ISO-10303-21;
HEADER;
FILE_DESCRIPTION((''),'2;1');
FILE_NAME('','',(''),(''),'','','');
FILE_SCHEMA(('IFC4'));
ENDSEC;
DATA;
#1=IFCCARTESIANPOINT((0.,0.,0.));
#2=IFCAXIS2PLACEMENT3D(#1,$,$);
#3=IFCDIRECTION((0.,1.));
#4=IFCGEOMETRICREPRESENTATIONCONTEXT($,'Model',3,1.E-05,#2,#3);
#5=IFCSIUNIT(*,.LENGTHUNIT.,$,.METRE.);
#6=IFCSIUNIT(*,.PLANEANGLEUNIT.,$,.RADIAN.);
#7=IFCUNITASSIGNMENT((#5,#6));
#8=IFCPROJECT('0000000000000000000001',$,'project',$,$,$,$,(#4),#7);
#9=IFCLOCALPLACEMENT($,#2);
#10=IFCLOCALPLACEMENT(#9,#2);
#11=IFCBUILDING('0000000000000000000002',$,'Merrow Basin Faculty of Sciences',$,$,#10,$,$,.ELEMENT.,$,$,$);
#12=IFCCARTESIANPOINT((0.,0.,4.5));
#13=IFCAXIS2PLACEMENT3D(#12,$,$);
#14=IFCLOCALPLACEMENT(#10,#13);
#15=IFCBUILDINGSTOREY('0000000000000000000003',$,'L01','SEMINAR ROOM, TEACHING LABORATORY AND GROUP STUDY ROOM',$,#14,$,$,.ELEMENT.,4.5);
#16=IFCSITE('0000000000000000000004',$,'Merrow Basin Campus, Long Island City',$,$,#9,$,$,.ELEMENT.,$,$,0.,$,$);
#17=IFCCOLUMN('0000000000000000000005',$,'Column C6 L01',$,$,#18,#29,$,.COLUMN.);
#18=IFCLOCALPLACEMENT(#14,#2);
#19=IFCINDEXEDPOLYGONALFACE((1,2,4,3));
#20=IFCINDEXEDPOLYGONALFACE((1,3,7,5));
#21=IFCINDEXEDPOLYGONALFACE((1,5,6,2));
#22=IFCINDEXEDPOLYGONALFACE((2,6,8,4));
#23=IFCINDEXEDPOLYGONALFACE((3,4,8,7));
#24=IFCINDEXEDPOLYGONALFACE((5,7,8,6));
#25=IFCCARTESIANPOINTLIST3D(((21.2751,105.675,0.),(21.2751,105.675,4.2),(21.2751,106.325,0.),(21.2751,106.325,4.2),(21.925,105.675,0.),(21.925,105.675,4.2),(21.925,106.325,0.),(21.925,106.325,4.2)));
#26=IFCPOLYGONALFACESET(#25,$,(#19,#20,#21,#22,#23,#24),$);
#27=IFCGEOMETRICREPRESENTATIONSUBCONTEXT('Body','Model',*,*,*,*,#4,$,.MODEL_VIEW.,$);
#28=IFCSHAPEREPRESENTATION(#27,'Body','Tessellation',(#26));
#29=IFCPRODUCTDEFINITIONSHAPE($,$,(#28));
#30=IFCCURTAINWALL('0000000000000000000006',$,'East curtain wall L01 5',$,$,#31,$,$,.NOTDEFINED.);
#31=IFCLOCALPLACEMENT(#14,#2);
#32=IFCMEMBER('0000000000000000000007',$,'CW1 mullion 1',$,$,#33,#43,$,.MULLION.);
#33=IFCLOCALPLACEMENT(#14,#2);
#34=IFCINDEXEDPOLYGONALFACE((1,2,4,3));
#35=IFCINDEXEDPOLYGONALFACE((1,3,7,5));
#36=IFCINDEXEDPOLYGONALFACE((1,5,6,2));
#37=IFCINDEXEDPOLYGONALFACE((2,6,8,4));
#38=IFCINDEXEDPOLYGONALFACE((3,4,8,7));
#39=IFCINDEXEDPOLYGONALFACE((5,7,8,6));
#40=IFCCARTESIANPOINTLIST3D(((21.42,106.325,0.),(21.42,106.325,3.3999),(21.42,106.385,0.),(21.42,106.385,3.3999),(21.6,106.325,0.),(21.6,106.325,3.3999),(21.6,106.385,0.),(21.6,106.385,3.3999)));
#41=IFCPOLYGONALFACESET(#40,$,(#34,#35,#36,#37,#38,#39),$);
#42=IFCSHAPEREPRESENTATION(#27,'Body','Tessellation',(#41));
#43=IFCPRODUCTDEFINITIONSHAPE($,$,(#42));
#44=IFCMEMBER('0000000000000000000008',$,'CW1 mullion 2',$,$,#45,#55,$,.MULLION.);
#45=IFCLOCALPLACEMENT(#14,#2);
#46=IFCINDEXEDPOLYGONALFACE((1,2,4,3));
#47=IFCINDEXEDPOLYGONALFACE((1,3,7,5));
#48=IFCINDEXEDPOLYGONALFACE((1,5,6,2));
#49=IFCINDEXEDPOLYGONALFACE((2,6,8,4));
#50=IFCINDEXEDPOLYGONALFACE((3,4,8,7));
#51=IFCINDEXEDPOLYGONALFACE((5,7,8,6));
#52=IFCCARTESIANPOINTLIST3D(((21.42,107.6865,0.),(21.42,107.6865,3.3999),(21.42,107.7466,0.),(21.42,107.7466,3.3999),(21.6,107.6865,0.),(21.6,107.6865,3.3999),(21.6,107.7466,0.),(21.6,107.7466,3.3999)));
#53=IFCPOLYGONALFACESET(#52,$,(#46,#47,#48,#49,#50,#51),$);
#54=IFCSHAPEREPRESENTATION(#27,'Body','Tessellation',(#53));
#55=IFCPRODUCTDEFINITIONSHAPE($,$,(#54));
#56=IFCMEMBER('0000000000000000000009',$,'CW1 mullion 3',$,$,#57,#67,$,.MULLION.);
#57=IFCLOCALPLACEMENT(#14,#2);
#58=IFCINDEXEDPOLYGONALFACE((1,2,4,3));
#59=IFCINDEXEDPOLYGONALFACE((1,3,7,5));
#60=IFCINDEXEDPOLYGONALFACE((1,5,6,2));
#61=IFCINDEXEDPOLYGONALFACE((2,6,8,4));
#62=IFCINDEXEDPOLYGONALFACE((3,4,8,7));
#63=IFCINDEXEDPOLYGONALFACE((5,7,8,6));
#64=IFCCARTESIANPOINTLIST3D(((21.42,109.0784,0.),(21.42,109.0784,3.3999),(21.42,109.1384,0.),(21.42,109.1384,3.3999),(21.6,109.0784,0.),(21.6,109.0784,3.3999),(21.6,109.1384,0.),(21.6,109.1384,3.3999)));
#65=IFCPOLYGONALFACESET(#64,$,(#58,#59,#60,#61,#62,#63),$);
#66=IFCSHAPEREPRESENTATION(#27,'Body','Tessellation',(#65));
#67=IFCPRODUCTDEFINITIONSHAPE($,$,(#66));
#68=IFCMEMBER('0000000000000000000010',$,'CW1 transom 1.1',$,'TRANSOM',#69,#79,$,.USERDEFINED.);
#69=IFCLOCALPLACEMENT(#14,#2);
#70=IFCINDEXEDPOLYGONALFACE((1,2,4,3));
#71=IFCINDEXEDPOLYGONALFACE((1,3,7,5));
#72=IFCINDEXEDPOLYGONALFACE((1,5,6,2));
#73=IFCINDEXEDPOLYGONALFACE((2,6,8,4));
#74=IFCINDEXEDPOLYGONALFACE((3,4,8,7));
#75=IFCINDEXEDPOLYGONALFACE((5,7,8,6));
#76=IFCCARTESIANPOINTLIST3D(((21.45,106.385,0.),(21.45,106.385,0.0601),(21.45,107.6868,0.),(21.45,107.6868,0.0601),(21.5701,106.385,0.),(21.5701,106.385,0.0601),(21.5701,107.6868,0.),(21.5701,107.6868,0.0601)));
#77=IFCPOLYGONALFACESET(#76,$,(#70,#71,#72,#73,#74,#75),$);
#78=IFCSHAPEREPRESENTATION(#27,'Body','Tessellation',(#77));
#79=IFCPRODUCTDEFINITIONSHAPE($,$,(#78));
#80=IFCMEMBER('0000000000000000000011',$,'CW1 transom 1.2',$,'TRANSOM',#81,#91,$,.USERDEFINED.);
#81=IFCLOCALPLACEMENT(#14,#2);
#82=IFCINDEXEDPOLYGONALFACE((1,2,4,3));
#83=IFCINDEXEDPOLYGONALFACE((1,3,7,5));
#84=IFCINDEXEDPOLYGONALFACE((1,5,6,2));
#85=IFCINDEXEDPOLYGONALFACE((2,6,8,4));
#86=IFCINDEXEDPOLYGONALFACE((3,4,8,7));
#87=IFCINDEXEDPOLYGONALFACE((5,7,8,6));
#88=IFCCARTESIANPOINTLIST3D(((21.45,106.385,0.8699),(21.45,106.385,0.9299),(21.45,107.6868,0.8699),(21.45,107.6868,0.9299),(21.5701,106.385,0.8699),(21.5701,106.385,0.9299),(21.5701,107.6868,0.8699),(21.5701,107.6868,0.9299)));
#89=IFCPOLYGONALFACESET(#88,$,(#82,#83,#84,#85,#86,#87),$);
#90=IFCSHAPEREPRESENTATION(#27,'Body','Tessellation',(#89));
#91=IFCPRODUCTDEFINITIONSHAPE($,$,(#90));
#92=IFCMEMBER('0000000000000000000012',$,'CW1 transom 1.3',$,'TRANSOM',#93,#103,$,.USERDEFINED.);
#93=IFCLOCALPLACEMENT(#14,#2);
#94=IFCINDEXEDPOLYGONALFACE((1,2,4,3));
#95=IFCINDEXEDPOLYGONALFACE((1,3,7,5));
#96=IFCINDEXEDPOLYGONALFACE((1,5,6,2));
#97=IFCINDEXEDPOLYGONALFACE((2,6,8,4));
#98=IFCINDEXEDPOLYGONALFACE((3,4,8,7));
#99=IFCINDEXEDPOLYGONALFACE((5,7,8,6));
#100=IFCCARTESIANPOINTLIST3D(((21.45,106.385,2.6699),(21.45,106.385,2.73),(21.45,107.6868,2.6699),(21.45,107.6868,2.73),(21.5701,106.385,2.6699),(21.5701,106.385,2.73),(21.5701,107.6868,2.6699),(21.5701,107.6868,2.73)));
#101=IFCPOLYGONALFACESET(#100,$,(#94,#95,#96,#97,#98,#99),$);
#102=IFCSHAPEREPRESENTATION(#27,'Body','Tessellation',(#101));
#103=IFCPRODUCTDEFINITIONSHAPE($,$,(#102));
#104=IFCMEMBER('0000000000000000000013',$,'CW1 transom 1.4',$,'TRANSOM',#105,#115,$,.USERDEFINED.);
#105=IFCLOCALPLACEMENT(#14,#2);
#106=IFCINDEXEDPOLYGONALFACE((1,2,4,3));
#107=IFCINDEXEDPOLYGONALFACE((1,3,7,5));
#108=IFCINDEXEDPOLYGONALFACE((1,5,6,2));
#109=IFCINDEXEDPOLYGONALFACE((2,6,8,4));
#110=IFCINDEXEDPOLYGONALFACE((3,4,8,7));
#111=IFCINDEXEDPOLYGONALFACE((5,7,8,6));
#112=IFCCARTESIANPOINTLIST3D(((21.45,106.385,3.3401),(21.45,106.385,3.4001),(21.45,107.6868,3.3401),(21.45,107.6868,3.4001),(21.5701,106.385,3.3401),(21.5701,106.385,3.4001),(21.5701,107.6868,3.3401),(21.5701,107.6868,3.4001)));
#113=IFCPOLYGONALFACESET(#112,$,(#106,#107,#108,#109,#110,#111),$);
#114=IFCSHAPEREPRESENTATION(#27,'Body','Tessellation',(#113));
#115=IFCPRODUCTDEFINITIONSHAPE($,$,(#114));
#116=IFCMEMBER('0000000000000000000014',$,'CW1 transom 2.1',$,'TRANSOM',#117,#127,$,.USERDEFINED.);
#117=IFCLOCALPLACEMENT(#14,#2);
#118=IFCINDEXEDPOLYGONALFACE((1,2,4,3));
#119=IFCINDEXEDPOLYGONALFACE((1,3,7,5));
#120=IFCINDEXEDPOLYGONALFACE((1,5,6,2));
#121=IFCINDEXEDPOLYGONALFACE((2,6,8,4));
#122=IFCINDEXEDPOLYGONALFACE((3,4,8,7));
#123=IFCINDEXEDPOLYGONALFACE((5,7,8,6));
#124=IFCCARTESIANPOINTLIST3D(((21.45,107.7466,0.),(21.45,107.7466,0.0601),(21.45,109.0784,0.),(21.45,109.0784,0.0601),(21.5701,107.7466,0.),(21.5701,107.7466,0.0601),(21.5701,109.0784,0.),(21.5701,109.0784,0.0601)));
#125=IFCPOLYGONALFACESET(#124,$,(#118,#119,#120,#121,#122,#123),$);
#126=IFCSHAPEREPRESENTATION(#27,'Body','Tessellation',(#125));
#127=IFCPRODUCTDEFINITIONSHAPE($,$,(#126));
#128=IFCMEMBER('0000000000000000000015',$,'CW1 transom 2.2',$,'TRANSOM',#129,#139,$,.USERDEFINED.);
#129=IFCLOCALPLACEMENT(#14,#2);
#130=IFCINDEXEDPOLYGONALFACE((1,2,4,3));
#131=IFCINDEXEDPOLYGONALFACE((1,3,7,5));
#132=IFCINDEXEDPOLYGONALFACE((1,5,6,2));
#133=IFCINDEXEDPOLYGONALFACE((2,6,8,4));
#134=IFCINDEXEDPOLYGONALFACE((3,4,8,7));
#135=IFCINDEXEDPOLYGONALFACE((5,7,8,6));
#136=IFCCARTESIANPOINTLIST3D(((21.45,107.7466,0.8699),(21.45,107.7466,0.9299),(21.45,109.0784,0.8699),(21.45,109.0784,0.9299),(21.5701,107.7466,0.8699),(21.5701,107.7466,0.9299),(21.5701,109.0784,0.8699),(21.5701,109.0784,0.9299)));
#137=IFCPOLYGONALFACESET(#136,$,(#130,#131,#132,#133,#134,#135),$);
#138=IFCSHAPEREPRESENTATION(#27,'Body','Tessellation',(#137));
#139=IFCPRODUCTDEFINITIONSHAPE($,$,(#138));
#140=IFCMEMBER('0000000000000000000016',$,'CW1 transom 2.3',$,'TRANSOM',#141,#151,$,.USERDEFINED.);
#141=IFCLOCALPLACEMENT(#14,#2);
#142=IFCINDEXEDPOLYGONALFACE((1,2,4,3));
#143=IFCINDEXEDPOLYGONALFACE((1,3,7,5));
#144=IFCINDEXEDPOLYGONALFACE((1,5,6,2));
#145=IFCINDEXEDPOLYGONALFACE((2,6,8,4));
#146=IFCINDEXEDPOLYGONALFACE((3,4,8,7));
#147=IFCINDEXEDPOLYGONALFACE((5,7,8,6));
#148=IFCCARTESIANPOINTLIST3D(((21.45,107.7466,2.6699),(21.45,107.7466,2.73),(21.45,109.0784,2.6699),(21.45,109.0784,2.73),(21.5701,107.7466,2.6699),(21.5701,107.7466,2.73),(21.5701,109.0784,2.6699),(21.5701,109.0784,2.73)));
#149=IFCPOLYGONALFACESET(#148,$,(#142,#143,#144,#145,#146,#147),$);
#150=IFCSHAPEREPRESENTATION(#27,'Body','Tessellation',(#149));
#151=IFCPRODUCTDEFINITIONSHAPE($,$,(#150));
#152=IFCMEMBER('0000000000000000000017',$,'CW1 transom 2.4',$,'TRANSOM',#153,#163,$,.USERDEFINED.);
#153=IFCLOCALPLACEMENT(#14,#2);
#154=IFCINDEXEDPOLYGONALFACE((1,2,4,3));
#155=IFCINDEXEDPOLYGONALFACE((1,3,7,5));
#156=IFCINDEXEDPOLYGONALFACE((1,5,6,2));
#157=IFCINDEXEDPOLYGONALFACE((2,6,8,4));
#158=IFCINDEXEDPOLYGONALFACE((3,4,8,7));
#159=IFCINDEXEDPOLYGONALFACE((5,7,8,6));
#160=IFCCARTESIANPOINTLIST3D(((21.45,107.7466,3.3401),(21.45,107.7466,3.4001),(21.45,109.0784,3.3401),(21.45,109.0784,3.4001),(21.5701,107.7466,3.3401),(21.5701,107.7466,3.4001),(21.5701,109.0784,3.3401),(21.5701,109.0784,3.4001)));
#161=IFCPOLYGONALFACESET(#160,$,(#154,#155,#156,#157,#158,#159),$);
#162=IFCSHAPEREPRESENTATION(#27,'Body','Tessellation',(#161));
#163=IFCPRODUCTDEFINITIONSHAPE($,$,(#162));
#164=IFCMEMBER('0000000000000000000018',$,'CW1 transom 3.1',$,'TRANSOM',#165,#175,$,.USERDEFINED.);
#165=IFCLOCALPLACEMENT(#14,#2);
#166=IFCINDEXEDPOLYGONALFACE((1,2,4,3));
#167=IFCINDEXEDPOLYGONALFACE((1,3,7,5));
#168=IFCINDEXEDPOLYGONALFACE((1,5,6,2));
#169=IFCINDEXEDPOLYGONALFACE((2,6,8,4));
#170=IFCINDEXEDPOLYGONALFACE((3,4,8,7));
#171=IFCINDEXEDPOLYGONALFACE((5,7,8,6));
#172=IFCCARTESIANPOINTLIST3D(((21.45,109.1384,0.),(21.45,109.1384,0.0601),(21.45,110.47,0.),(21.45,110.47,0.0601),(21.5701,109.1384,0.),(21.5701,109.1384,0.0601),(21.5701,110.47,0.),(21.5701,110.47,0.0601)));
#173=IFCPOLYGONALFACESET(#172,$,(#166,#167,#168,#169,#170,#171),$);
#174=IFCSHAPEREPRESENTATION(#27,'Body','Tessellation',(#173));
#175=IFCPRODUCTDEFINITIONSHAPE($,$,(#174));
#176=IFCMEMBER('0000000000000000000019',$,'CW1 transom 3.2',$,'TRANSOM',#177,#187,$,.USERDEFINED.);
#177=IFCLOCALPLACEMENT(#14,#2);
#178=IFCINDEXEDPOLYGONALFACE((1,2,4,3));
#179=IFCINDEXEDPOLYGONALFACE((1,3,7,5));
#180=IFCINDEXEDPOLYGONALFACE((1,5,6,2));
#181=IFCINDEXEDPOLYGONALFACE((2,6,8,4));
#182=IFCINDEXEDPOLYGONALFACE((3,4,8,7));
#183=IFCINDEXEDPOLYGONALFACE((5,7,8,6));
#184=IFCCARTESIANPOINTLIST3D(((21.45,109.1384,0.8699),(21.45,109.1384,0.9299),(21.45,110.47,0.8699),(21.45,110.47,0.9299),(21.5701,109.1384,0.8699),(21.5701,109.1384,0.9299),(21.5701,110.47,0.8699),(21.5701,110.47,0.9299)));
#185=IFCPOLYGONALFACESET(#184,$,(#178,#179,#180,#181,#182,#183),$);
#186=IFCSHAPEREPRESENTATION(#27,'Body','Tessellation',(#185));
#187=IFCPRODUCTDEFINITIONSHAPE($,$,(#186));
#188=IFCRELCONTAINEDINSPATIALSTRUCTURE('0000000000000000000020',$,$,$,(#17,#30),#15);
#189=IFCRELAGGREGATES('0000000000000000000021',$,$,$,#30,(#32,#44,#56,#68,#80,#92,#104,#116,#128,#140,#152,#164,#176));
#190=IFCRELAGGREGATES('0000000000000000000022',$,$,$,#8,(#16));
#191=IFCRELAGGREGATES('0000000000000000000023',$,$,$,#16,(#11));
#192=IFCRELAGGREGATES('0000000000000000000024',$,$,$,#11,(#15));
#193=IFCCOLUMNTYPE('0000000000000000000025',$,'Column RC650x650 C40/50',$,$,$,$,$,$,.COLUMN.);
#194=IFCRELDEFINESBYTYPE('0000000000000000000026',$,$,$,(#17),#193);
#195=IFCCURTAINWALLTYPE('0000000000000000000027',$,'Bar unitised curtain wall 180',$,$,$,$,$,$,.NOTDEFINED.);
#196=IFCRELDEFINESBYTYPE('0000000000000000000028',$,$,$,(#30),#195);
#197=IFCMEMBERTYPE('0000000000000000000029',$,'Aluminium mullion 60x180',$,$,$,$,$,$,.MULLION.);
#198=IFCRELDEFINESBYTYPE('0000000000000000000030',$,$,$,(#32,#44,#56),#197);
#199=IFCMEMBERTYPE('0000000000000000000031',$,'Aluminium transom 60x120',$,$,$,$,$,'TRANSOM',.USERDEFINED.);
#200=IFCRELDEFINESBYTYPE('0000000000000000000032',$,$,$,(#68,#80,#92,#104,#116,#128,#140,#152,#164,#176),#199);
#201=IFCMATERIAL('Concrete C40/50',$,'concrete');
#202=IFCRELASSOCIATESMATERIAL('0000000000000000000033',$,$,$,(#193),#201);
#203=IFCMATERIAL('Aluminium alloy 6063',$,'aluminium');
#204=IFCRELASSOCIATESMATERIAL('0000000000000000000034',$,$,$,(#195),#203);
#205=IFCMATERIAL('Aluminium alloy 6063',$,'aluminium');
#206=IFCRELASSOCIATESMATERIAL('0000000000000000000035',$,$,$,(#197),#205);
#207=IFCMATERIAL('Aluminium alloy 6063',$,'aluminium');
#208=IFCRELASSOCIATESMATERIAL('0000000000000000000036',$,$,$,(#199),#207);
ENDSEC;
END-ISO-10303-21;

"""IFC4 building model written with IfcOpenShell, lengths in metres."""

from ifc_helpers import new_model, si_unit, direction, frame, origin, origin_2d, place, context, subcontext, project, spatial, rectangle, extrude, material, material_profile, profile_set, type_object, element, aggregate, save


model = new_model("IFC4")

# Units and contexts
model_context = context("Model", 3, precision=1e-05, world=origin(), true_north=direction((0.0, 1.0)))
body_context = subcontext(model_context, "Body", "Model", "MODEL_VIEW")
ifc_project = project(units=[si_unit("LENGTHUNIT", "METRE"), si_unit("PLANEANGLEUNIT", "RADIAN")], contexts=[model_context])

# Site, building, storey
site_placement = place(None, origin())
site = spatial("IfcSite", under=ifc_project, at=site_placement, Name="Merrow Basin Campus, Long Island City", CompositionType="ELEMENT", RefElevation=0.0)
building_placement = place(site_placement, origin())
building = spatial("IfcBuilding", under=site, at=building_placement, Name="Merrow Basin Faculty of Sciences", CompositionType="ELEMENT")
storey_placement = place(building_placement, frame((0.0, 0.0, 4.5)))
storey = spatial("IfcBuildingStorey", under=building, at=storey_placement, Name="L01", Description="SEMINAR ROOM, TEACHING LABORATORY AND GROUP STUDY ROOM", CompositionType="ELEMENT", Elevation=4.5)

# Column
ifc_material_1 = material(Name="Concrete C40/50", Category="concrete")
ifc_material_profile_1 = material_profile(ifc_material_1, rectangle(XDim=0.6499, YDim=0.6499, at=origin_2d()))
ifc_profile_set_1 = profile_set([ifc_material_profile_1], Name="Concrete C40/50")
column_type = type_object("IfcColumnType", Name="Column RC650x650 C40/50", PredefinedType="COLUMN", material=ifc_profile_set_1)
column_placement = place(storey_placement, frame((21.6001, 106.0, 0.0), z_axis=(0.0, 0.0, 1.0), x_axis=(1.0, 0.0, 0.0)))
element("IfcColumn", 1, at=column_placement, inside=storey, type_object=column_type, Name="Column C6 L01", PredefinedType="COLUMN", context=body_context, shape_type="SweptSolid", body=[
    extrude(rectangle(XDim=0.6499, YDim=0.6499, at=origin_2d()), origin(), (0.0, 0.0, 1.0), 4.2),
])

# Curtain wall, members
ifc_material_2 = material(Name="Aluminium alloy 6063", Category="aluminium")
curtain_wall_type = type_object("IfcCurtainWallType", Name="Bar unitised curtain wall 180", PredefinedType="NOTDEFINED", material=ifc_material_2)
curtain_wall_placement = place(storey_placement, origin())
curtain_wall = element("IfcCurtainWall", 2, at=curtain_wall_placement, inside=storey, type_object=curtain_wall_type, Name="East curtain wall L01 5", PredefinedType="NOTDEFINED")
ifc_material_3 = material(Name="Aluminium alloy 6063", Category="aluminium")
ifc_material_profile_2 = material_profile(ifc_material_3, rectangle(XDim=0.1799, YDim=0.0601, at=origin_2d()))
ifc_profile_set_2 = profile_set([ifc_material_profile_2], Name="Aluminium alloy 6063")
member_type_1 = type_object("IfcMemberType", Name="Aluminium mullion 60x180", PredefinedType="MULLION", material=ifc_profile_set_2)
member_1_placement = place(storey_placement, frame((21.51, 106.355, 0.0), z_axis=(0.0, 0.0, 1.0), x_axis=(-1.0, 0.0, 0.0)))
member_1 = element("IfcMember", 3, at=member_1_placement, type_object=member_type_1, Name="CW1 mullion 1", PredefinedType="MULLION", context=body_context, shape_type="SweptSolid", body=[
    extrude(rectangle(XDim=0.1799, YDim=0.0601, at=origin_2d()), origin(), (0.0, 0.0, 1.0), 3.3999),
])
member_2_placement = place(storey_placement, frame((21.51, 107.7166, 0.0), z_axis=(0.0, 0.0, 1.0), x_axis=(-1.0, 0.0, 0.0)))
member_2 = element("IfcMember", 4, at=member_2_placement, type_object=member_type_1, Name="CW1 mullion 2", PredefinedType="MULLION", context=body_context, shape_type="SweptSolid", body=[
    extrude(rectangle(XDim=0.1799, YDim=0.0601, at=origin_2d()), origin(), (0.0, 0.0, 1.0), 3.3999),
])
member_3_placement = place(storey_placement, frame((21.51, 109.1084, 0.0), z_axis=(0.0, 0.0, 1.0), x_axis=(-1.0, 0.0, 0.0)))
member_3 = element("IfcMember", 5, at=member_3_placement, type_object=member_type_1, Name="CW1 mullion 3", PredefinedType="MULLION", context=body_context, shape_type="SweptSolid", body=[
    extrude(rectangle(XDim=0.1799, YDim=0.0601, at=origin_2d()), origin(), (0.0, 0.0, 1.0), 3.3999),
])
ifc_material_4 = material(Name="Aluminium alloy 6063", Category="aluminium")
ifc_material_profile_3 = material_profile(ifc_material_4, rectangle(XDim=0.1201, YDim=0.0601, at=origin_2d()))
ifc_profile_set_3 = profile_set([ifc_material_profile_3], Name="Aluminium alloy 6063")
member_type_2 = type_object("IfcMemberType", Name="Aluminium transom 60x120", ElementType="TRANSOM", PredefinedType="USERDEFINED", material=ifc_profile_set_3)
member_4_placement = place(storey_placement, frame((21.51, 106.385, 0.03), z_axis=(0.0, 1.0, 0.0), x_axis=(-1.0, 0.0, 0.0)))
member_4 = element("IfcMember", 6, at=member_4_placement, type_object=member_type_2, Name="CW1 transom 1.1", ObjectType="TRANSOM", PredefinedType="USERDEFINED", context=body_context, shape_type="SweptSolid", body=[
    extrude(rectangle(XDim=0.1201, YDim=0.0601, at=origin_2d()), origin(), (0.0, 0.0, 1.0), 1.3018),
])
member_5_placement = place(storey_placement, frame((21.51, 106.385, 0.8999), z_axis=(0.0, 1.0, 0.0), x_axis=(-1.0, 0.0, 0.0)))
member_5 = element("IfcMember", 7, at=member_5_placement, type_object=member_type_2, Name="CW1 transom 1.2", ObjectType="TRANSOM", PredefinedType="USERDEFINED", context=body_context, shape_type="SweptSolid", body=[
    extrude(rectangle(XDim=0.1201, YDim=0.0601, at=origin_2d()), origin(), (0.0, 0.0, 1.0), 1.3018),
])
member_6_placement = place(storey_placement, frame((21.51, 106.385, 2.7), z_axis=(0.0, 1.0, 0.0), x_axis=(-1.0, 0.0, 0.0)))
member_6 = element("IfcMember", 8, at=member_6_placement, type_object=member_type_2, Name="CW1 transom 1.3", ObjectType="TRANSOM", PredefinedType="USERDEFINED", context=body_context, shape_type="SweptSolid", body=[
    extrude(rectangle(XDim=0.1201, YDim=0.0601, at=origin_2d()), origin(), (0.0, 0.0, 1.0), 1.3018),
])
member_7_placement = place(storey_placement, frame((21.51, 106.385, 3.3701), z_axis=(0.0, 1.0, 0.0), x_axis=(-1.0, 0.0, 0.0)))
member_7 = element("IfcMember", 9, at=member_7_placement, type_object=member_type_2, Name="CW1 transom 1.4", ObjectType="TRANSOM", PredefinedType="USERDEFINED", context=body_context, shape_type="SweptSolid", body=[
    extrude(rectangle(XDim=0.1201, YDim=0.0601, at=origin_2d()), origin(), (0.0, 0.0, 1.0), 1.3018),
])
member_8_placement = place(storey_placement, frame((21.51, 107.7466, 0.03), z_axis=(0.0, 1.0, 0.0), x_axis=(-1.0, 0.0, 0.0)))
member_8 = element("IfcMember", 10, at=member_8_placement, type_object=member_type_2, Name="CW1 transom 2.1", ObjectType="TRANSOM", PredefinedType="USERDEFINED", context=body_context, shape_type="SweptSolid", body=[
    extrude(rectangle(XDim=0.1201, YDim=0.0601, at=origin_2d()), origin(), (0.0, 0.0, 1.0), 1.3318),
])
member_9_placement = place(storey_placement, frame((21.51, 107.7466, 0.8999), z_axis=(0.0, 1.0, 0.0), x_axis=(-1.0, 0.0, 0.0)))
member_9 = element("IfcMember", 11, at=member_9_placement, type_object=member_type_2, Name="CW1 transom 2.2", ObjectType="TRANSOM", PredefinedType="USERDEFINED", context=body_context, shape_type="SweptSolid", body=[
    extrude(rectangle(XDim=0.1201, YDim=0.0601, at=origin_2d()), origin(), (0.0, 0.0, 1.0), 1.3318),
])
member_10_placement = place(storey_placement, frame((21.51, 107.7466, 2.7), z_axis=(0.0, 1.0, 0.0), x_axis=(-1.0, 0.0, 0.0)))
member_10 = element("IfcMember", 12, at=member_10_placement, type_object=member_type_2, Name="CW1 transom 2.3", ObjectType="TRANSOM", PredefinedType="USERDEFINED", context=body_context, shape_type="SweptSolid", body=[
    extrude(rectangle(XDim=0.1201, YDim=0.0601, at=origin_2d()), origin(), (0.0, 0.0, 1.0), 1.3318),
])
member_11_placement = place(storey_placement, frame((21.51, 107.7466, 3.3701), z_axis=(0.0, 1.0, 0.0), x_axis=(-1.0, 0.0, 0.0)))
member_11 = element("IfcMember", 13, at=member_11_placement, type_object=member_type_2, Name="CW1 transom 2.4", ObjectType="TRANSOM", PredefinedType="USERDEFINED", context=body_context, shape_type="SweptSolid", body=[
    extrude(rectangle(XDim=0.1201, YDim=0.0601, at=origin_2d()), origin(), (0.0, 0.0, 1.0), 1.3318),
])
member_12_placement = place(storey_placement, frame((21.51, 109.1384, 0.03), z_axis=(0.0, 1.0, 0.0), x_axis=(-1.0, 0.0, 0.0)))
member_12 = element("IfcMember", 14, at=member_12_placement, type_object=member_type_2, Name="CW1 transom 3.1", ObjectType="TRANSOM", PredefinedType="USERDEFINED", context=body_context, shape_type="SweptSolid", body=[
    extrude(rectangle(XDim=0.1201, YDim=0.0601, at=origin_2d()), origin(), (0.0, 0.0, 1.0), 1.3315),
])
member_13_placement = place(storey_placement, frame((21.51, 109.1384, 0.8999), z_axis=(0.0, 1.0, 0.0), x_axis=(-1.0, 0.0, 0.0)))
member_13 = element("IfcMember", 15, at=member_13_placement, type_object=member_type_2, Name="CW1 transom 3.2", ObjectType="TRANSOM", PredefinedType="USERDEFINED", context=body_context, shape_type="SweptSolid", body=[
    extrude(rectangle(XDim=0.1201, YDim=0.0601, at=origin_2d()), origin(), (0.0, 0.0, 1.0), 1.3315),
])

aggregate(curtain_wall, [member_1, member_2, member_3, member_4, member_5, member_6, member_7, member_8, member_9, member_10, member_11, member_12, member_13])

save(model, "model.ifc")
